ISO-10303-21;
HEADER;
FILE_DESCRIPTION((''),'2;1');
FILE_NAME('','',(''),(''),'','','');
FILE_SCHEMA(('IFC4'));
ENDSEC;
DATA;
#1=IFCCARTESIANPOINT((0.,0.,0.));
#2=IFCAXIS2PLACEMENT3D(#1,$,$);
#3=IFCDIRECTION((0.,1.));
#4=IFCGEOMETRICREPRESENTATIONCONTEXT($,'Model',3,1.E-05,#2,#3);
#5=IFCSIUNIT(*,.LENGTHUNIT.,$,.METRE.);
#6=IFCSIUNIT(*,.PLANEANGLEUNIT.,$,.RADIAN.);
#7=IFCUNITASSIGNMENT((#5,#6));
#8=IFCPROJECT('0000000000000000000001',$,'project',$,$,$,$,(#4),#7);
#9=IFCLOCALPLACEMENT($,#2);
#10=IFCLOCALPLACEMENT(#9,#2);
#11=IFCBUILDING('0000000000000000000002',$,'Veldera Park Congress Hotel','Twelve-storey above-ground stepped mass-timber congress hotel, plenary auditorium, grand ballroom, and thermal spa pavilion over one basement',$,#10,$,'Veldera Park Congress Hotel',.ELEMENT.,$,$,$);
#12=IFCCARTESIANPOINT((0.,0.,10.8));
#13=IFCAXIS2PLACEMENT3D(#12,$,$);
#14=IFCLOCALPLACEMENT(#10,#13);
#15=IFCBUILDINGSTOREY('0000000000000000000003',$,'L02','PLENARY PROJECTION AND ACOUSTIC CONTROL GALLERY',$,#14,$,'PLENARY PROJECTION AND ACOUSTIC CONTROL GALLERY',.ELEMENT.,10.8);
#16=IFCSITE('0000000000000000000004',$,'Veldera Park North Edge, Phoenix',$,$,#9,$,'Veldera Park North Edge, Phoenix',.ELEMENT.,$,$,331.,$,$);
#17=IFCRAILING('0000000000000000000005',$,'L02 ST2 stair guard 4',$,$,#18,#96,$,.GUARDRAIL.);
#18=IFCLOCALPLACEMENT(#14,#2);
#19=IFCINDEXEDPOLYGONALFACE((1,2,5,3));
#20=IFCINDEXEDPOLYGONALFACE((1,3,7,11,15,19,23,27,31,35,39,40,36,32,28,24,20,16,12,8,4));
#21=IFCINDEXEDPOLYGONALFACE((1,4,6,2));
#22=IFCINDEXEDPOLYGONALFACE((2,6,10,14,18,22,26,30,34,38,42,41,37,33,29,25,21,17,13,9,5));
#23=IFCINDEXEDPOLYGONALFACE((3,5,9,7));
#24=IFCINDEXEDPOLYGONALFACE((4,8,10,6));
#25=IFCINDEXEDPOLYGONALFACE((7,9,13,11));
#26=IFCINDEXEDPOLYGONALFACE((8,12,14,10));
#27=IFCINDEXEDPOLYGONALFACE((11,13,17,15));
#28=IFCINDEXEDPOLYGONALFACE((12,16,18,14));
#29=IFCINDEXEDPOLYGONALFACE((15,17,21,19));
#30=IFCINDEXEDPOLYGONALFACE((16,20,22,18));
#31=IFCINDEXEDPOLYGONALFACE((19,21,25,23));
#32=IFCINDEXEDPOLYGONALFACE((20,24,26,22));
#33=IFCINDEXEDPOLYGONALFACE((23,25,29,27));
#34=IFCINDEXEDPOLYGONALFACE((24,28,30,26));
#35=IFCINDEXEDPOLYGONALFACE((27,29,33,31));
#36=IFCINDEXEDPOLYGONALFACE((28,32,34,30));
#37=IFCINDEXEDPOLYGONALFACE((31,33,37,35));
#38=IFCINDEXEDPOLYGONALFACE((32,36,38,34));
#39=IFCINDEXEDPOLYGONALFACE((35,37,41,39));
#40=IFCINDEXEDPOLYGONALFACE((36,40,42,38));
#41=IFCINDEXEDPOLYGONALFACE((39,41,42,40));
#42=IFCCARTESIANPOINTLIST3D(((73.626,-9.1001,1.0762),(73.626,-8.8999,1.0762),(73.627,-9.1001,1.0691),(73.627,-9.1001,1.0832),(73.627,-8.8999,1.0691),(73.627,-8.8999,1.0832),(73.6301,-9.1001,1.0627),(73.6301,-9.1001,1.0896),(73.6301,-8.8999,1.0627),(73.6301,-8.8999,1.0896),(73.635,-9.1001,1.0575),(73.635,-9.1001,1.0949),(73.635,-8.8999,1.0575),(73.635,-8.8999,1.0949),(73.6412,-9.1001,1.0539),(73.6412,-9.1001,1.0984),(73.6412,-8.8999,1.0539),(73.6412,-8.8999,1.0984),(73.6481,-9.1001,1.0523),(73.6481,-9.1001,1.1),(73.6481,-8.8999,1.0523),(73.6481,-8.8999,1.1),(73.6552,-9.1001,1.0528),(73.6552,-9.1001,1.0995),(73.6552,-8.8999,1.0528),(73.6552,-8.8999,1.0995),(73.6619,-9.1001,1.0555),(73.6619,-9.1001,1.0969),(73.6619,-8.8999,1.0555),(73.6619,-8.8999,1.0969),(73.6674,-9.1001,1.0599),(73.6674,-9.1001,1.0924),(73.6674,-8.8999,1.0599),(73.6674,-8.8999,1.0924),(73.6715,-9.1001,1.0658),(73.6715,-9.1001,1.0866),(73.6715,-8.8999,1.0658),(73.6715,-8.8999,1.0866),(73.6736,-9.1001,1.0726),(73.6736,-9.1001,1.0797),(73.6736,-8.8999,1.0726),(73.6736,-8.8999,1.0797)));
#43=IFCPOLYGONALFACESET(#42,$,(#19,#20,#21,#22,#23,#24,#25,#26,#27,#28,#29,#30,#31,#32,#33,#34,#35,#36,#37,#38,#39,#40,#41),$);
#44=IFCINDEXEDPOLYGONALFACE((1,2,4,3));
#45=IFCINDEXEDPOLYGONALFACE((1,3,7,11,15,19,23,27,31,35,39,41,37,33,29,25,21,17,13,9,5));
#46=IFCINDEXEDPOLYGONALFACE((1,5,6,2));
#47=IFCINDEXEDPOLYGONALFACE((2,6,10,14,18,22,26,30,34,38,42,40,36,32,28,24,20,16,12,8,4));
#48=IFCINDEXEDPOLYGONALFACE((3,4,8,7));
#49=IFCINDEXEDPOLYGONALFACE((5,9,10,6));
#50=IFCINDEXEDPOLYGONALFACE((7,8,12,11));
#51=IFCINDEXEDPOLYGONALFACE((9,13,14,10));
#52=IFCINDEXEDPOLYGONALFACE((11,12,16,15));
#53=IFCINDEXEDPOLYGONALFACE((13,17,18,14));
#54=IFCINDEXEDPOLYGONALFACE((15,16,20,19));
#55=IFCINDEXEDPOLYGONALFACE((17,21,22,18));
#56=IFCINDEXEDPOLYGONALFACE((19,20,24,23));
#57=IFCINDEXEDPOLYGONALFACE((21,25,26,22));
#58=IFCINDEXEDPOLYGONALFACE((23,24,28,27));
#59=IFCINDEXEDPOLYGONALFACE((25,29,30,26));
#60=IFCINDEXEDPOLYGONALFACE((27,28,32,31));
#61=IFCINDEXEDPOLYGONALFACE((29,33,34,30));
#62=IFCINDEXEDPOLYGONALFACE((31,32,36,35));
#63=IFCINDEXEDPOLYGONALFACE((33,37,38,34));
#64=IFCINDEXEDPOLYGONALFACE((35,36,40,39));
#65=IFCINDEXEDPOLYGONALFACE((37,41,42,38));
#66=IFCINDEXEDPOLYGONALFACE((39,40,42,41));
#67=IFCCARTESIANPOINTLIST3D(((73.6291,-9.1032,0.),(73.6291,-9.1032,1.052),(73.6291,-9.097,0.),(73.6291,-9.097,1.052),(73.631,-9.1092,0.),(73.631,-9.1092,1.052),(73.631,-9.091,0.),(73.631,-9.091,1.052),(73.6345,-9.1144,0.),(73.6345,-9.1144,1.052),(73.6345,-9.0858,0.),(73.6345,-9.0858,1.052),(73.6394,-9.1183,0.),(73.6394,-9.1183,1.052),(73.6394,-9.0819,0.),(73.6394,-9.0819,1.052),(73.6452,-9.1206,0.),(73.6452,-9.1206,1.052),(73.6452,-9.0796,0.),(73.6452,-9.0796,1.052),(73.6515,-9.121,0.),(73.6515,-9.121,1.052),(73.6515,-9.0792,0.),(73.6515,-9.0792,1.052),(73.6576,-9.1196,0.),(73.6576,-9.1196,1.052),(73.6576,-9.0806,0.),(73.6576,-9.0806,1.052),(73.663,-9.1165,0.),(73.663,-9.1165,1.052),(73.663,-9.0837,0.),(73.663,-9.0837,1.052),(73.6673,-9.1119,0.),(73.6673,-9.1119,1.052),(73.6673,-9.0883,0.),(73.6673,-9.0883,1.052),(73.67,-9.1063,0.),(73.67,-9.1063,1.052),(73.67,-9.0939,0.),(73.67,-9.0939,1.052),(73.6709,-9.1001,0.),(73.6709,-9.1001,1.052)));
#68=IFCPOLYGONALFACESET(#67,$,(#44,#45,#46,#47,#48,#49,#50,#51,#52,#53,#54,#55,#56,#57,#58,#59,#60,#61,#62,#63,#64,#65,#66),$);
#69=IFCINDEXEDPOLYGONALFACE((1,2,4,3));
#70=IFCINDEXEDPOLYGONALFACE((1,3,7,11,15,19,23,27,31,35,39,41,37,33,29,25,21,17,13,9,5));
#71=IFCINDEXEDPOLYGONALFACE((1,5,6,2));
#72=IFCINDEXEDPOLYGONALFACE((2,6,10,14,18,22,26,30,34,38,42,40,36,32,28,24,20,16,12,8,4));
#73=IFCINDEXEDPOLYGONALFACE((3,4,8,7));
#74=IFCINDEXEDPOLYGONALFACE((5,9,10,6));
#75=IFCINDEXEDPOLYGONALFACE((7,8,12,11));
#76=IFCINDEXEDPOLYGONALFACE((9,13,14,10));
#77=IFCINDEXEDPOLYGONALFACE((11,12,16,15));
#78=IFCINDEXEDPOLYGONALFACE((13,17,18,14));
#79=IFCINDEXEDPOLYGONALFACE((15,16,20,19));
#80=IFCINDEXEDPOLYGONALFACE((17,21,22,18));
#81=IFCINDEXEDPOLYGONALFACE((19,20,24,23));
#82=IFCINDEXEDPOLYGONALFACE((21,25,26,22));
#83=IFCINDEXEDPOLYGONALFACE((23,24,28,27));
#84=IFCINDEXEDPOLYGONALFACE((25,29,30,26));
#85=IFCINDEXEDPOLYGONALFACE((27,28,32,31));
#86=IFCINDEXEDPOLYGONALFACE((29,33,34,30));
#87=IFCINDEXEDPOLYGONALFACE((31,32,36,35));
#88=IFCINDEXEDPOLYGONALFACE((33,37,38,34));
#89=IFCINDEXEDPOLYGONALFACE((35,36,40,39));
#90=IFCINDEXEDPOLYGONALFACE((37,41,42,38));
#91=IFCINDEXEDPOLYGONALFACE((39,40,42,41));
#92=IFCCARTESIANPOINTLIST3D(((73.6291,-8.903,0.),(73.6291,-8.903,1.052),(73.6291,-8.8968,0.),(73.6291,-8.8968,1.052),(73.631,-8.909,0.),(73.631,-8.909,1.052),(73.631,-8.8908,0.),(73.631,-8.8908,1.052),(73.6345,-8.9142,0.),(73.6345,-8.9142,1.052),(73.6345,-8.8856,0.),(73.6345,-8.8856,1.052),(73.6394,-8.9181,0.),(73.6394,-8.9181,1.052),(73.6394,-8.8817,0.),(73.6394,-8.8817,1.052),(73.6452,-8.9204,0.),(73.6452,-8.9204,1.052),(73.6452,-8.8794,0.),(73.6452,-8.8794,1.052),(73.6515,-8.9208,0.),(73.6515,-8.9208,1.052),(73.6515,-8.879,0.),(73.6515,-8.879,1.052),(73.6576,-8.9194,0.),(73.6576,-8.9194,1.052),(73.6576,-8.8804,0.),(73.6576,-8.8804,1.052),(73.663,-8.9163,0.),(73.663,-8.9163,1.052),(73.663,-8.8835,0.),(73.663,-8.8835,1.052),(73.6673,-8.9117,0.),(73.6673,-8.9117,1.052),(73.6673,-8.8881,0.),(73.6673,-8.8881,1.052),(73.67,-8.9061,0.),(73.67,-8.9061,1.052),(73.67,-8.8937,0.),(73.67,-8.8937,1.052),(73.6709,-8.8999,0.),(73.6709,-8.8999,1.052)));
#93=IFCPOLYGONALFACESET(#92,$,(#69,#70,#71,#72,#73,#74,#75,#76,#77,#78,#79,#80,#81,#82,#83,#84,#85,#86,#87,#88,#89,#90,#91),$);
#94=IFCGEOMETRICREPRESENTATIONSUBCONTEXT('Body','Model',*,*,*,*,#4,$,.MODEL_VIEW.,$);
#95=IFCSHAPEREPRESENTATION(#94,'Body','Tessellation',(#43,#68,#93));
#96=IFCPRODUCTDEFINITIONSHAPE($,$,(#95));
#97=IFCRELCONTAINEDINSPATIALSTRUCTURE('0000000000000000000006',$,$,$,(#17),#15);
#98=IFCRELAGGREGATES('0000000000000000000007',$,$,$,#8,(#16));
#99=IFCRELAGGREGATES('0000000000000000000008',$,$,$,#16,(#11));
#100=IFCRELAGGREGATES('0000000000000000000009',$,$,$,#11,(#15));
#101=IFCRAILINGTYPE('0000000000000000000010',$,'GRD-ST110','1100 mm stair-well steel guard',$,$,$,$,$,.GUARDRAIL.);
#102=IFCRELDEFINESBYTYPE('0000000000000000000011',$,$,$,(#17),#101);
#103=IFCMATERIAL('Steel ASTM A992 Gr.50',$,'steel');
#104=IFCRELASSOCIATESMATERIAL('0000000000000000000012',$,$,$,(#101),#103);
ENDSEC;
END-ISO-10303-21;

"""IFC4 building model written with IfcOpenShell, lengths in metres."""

from ifc_helpers import new_model, si_unit, direction, frame, origin, origin_2d, place, context, subcontext, project, spatial, circle, extrude, material, type_object, element, save


model = new_model("IFC4")

# Units and contexts
model_context = context("Model", 3, precision=1e-05, world=origin(), true_north=direction((0.0, 1.0)))
body_context = subcontext(model_context, "Body", "Model", "MODEL_VIEW")
ifc_project = project(units=[si_unit("LENGTHUNIT", "METRE"), si_unit("PLANEANGLEUNIT", "RADIAN")], contexts=[model_context])

# Site, building, storey
site_placement = place(None, origin())
site = spatial("IfcSite", under=ifc_project, at=site_placement, Name="Veldera Park North Edge, Phoenix", LongName="Veldera Park North Edge, Phoenix", CompositionType="ELEMENT", RefElevation=331.0)
building_placement = place(site_placement, origin())
building = spatial("IfcBuilding", under=site, at=building_placement, Name="Veldera Park Congress Hotel", Description="Twelve-storey above-ground stepped mass-timber congress hotel, plenary auditorium, grand ballroom, and thermal spa pavilion over one basement", LongName="Veldera Park Congress Hotel", CompositionType="ELEMENT")
storey_placement = place(building_placement, frame((0.0, 0.0, 10.8)))
storey = spatial("IfcBuildingStorey", under=building, at=storey_placement, Name="L02", Description="PLENARY PROJECTION AND ACOUSTIC CONTROL GALLERY", LongName="PLENARY PROJECTION AND ACOUSTIC CONTROL GALLERY", CompositionType="ELEMENT", Elevation=10.8)

# Shared definitions
ifc_material_1 = material(Name="Steel ASTM A992 Gr.50", Category="steel")

# Railing
railing_type_1 = type_object("IfcRailingType", Name="GRD-ST110", Description="1100 mm stair-well steel guard", PredefinedType="GUARDRAIL", material=ifc_material_1)
railing_1_placement = place(storey_placement, frame((73.6499, -9.1001, 0.0)))
element("IfcRailing", 1, at=railing_1_placement, inside=storey, type_object=railing_type_1, Name="L02 ST2 stair guard 4", PredefinedType="GUARDRAIL", context=body_context, shape_type="SweptSolid", body=[
    extrude(circle(Radius=0.0239, at=origin_2d()), frame((0.0, 0.0, 1.0762), z_axis=(0.0, 1.0, 0.0), x_axis=(-1.0, 0.0, 0.0)), (0.0, 0.0, 1.0), 0.2002),
    extrude(circle(Radius=0.021, at=origin_2d()), origin(), (0.0, 0.0, 1.0), 1.052),
    extrude(circle(Radius=0.021, at=origin_2d()), frame((0.0, 0.2002, 0.0)), (0.0, 0.0, 1.0), 1.052),
])

save(model, "model.ifc")
